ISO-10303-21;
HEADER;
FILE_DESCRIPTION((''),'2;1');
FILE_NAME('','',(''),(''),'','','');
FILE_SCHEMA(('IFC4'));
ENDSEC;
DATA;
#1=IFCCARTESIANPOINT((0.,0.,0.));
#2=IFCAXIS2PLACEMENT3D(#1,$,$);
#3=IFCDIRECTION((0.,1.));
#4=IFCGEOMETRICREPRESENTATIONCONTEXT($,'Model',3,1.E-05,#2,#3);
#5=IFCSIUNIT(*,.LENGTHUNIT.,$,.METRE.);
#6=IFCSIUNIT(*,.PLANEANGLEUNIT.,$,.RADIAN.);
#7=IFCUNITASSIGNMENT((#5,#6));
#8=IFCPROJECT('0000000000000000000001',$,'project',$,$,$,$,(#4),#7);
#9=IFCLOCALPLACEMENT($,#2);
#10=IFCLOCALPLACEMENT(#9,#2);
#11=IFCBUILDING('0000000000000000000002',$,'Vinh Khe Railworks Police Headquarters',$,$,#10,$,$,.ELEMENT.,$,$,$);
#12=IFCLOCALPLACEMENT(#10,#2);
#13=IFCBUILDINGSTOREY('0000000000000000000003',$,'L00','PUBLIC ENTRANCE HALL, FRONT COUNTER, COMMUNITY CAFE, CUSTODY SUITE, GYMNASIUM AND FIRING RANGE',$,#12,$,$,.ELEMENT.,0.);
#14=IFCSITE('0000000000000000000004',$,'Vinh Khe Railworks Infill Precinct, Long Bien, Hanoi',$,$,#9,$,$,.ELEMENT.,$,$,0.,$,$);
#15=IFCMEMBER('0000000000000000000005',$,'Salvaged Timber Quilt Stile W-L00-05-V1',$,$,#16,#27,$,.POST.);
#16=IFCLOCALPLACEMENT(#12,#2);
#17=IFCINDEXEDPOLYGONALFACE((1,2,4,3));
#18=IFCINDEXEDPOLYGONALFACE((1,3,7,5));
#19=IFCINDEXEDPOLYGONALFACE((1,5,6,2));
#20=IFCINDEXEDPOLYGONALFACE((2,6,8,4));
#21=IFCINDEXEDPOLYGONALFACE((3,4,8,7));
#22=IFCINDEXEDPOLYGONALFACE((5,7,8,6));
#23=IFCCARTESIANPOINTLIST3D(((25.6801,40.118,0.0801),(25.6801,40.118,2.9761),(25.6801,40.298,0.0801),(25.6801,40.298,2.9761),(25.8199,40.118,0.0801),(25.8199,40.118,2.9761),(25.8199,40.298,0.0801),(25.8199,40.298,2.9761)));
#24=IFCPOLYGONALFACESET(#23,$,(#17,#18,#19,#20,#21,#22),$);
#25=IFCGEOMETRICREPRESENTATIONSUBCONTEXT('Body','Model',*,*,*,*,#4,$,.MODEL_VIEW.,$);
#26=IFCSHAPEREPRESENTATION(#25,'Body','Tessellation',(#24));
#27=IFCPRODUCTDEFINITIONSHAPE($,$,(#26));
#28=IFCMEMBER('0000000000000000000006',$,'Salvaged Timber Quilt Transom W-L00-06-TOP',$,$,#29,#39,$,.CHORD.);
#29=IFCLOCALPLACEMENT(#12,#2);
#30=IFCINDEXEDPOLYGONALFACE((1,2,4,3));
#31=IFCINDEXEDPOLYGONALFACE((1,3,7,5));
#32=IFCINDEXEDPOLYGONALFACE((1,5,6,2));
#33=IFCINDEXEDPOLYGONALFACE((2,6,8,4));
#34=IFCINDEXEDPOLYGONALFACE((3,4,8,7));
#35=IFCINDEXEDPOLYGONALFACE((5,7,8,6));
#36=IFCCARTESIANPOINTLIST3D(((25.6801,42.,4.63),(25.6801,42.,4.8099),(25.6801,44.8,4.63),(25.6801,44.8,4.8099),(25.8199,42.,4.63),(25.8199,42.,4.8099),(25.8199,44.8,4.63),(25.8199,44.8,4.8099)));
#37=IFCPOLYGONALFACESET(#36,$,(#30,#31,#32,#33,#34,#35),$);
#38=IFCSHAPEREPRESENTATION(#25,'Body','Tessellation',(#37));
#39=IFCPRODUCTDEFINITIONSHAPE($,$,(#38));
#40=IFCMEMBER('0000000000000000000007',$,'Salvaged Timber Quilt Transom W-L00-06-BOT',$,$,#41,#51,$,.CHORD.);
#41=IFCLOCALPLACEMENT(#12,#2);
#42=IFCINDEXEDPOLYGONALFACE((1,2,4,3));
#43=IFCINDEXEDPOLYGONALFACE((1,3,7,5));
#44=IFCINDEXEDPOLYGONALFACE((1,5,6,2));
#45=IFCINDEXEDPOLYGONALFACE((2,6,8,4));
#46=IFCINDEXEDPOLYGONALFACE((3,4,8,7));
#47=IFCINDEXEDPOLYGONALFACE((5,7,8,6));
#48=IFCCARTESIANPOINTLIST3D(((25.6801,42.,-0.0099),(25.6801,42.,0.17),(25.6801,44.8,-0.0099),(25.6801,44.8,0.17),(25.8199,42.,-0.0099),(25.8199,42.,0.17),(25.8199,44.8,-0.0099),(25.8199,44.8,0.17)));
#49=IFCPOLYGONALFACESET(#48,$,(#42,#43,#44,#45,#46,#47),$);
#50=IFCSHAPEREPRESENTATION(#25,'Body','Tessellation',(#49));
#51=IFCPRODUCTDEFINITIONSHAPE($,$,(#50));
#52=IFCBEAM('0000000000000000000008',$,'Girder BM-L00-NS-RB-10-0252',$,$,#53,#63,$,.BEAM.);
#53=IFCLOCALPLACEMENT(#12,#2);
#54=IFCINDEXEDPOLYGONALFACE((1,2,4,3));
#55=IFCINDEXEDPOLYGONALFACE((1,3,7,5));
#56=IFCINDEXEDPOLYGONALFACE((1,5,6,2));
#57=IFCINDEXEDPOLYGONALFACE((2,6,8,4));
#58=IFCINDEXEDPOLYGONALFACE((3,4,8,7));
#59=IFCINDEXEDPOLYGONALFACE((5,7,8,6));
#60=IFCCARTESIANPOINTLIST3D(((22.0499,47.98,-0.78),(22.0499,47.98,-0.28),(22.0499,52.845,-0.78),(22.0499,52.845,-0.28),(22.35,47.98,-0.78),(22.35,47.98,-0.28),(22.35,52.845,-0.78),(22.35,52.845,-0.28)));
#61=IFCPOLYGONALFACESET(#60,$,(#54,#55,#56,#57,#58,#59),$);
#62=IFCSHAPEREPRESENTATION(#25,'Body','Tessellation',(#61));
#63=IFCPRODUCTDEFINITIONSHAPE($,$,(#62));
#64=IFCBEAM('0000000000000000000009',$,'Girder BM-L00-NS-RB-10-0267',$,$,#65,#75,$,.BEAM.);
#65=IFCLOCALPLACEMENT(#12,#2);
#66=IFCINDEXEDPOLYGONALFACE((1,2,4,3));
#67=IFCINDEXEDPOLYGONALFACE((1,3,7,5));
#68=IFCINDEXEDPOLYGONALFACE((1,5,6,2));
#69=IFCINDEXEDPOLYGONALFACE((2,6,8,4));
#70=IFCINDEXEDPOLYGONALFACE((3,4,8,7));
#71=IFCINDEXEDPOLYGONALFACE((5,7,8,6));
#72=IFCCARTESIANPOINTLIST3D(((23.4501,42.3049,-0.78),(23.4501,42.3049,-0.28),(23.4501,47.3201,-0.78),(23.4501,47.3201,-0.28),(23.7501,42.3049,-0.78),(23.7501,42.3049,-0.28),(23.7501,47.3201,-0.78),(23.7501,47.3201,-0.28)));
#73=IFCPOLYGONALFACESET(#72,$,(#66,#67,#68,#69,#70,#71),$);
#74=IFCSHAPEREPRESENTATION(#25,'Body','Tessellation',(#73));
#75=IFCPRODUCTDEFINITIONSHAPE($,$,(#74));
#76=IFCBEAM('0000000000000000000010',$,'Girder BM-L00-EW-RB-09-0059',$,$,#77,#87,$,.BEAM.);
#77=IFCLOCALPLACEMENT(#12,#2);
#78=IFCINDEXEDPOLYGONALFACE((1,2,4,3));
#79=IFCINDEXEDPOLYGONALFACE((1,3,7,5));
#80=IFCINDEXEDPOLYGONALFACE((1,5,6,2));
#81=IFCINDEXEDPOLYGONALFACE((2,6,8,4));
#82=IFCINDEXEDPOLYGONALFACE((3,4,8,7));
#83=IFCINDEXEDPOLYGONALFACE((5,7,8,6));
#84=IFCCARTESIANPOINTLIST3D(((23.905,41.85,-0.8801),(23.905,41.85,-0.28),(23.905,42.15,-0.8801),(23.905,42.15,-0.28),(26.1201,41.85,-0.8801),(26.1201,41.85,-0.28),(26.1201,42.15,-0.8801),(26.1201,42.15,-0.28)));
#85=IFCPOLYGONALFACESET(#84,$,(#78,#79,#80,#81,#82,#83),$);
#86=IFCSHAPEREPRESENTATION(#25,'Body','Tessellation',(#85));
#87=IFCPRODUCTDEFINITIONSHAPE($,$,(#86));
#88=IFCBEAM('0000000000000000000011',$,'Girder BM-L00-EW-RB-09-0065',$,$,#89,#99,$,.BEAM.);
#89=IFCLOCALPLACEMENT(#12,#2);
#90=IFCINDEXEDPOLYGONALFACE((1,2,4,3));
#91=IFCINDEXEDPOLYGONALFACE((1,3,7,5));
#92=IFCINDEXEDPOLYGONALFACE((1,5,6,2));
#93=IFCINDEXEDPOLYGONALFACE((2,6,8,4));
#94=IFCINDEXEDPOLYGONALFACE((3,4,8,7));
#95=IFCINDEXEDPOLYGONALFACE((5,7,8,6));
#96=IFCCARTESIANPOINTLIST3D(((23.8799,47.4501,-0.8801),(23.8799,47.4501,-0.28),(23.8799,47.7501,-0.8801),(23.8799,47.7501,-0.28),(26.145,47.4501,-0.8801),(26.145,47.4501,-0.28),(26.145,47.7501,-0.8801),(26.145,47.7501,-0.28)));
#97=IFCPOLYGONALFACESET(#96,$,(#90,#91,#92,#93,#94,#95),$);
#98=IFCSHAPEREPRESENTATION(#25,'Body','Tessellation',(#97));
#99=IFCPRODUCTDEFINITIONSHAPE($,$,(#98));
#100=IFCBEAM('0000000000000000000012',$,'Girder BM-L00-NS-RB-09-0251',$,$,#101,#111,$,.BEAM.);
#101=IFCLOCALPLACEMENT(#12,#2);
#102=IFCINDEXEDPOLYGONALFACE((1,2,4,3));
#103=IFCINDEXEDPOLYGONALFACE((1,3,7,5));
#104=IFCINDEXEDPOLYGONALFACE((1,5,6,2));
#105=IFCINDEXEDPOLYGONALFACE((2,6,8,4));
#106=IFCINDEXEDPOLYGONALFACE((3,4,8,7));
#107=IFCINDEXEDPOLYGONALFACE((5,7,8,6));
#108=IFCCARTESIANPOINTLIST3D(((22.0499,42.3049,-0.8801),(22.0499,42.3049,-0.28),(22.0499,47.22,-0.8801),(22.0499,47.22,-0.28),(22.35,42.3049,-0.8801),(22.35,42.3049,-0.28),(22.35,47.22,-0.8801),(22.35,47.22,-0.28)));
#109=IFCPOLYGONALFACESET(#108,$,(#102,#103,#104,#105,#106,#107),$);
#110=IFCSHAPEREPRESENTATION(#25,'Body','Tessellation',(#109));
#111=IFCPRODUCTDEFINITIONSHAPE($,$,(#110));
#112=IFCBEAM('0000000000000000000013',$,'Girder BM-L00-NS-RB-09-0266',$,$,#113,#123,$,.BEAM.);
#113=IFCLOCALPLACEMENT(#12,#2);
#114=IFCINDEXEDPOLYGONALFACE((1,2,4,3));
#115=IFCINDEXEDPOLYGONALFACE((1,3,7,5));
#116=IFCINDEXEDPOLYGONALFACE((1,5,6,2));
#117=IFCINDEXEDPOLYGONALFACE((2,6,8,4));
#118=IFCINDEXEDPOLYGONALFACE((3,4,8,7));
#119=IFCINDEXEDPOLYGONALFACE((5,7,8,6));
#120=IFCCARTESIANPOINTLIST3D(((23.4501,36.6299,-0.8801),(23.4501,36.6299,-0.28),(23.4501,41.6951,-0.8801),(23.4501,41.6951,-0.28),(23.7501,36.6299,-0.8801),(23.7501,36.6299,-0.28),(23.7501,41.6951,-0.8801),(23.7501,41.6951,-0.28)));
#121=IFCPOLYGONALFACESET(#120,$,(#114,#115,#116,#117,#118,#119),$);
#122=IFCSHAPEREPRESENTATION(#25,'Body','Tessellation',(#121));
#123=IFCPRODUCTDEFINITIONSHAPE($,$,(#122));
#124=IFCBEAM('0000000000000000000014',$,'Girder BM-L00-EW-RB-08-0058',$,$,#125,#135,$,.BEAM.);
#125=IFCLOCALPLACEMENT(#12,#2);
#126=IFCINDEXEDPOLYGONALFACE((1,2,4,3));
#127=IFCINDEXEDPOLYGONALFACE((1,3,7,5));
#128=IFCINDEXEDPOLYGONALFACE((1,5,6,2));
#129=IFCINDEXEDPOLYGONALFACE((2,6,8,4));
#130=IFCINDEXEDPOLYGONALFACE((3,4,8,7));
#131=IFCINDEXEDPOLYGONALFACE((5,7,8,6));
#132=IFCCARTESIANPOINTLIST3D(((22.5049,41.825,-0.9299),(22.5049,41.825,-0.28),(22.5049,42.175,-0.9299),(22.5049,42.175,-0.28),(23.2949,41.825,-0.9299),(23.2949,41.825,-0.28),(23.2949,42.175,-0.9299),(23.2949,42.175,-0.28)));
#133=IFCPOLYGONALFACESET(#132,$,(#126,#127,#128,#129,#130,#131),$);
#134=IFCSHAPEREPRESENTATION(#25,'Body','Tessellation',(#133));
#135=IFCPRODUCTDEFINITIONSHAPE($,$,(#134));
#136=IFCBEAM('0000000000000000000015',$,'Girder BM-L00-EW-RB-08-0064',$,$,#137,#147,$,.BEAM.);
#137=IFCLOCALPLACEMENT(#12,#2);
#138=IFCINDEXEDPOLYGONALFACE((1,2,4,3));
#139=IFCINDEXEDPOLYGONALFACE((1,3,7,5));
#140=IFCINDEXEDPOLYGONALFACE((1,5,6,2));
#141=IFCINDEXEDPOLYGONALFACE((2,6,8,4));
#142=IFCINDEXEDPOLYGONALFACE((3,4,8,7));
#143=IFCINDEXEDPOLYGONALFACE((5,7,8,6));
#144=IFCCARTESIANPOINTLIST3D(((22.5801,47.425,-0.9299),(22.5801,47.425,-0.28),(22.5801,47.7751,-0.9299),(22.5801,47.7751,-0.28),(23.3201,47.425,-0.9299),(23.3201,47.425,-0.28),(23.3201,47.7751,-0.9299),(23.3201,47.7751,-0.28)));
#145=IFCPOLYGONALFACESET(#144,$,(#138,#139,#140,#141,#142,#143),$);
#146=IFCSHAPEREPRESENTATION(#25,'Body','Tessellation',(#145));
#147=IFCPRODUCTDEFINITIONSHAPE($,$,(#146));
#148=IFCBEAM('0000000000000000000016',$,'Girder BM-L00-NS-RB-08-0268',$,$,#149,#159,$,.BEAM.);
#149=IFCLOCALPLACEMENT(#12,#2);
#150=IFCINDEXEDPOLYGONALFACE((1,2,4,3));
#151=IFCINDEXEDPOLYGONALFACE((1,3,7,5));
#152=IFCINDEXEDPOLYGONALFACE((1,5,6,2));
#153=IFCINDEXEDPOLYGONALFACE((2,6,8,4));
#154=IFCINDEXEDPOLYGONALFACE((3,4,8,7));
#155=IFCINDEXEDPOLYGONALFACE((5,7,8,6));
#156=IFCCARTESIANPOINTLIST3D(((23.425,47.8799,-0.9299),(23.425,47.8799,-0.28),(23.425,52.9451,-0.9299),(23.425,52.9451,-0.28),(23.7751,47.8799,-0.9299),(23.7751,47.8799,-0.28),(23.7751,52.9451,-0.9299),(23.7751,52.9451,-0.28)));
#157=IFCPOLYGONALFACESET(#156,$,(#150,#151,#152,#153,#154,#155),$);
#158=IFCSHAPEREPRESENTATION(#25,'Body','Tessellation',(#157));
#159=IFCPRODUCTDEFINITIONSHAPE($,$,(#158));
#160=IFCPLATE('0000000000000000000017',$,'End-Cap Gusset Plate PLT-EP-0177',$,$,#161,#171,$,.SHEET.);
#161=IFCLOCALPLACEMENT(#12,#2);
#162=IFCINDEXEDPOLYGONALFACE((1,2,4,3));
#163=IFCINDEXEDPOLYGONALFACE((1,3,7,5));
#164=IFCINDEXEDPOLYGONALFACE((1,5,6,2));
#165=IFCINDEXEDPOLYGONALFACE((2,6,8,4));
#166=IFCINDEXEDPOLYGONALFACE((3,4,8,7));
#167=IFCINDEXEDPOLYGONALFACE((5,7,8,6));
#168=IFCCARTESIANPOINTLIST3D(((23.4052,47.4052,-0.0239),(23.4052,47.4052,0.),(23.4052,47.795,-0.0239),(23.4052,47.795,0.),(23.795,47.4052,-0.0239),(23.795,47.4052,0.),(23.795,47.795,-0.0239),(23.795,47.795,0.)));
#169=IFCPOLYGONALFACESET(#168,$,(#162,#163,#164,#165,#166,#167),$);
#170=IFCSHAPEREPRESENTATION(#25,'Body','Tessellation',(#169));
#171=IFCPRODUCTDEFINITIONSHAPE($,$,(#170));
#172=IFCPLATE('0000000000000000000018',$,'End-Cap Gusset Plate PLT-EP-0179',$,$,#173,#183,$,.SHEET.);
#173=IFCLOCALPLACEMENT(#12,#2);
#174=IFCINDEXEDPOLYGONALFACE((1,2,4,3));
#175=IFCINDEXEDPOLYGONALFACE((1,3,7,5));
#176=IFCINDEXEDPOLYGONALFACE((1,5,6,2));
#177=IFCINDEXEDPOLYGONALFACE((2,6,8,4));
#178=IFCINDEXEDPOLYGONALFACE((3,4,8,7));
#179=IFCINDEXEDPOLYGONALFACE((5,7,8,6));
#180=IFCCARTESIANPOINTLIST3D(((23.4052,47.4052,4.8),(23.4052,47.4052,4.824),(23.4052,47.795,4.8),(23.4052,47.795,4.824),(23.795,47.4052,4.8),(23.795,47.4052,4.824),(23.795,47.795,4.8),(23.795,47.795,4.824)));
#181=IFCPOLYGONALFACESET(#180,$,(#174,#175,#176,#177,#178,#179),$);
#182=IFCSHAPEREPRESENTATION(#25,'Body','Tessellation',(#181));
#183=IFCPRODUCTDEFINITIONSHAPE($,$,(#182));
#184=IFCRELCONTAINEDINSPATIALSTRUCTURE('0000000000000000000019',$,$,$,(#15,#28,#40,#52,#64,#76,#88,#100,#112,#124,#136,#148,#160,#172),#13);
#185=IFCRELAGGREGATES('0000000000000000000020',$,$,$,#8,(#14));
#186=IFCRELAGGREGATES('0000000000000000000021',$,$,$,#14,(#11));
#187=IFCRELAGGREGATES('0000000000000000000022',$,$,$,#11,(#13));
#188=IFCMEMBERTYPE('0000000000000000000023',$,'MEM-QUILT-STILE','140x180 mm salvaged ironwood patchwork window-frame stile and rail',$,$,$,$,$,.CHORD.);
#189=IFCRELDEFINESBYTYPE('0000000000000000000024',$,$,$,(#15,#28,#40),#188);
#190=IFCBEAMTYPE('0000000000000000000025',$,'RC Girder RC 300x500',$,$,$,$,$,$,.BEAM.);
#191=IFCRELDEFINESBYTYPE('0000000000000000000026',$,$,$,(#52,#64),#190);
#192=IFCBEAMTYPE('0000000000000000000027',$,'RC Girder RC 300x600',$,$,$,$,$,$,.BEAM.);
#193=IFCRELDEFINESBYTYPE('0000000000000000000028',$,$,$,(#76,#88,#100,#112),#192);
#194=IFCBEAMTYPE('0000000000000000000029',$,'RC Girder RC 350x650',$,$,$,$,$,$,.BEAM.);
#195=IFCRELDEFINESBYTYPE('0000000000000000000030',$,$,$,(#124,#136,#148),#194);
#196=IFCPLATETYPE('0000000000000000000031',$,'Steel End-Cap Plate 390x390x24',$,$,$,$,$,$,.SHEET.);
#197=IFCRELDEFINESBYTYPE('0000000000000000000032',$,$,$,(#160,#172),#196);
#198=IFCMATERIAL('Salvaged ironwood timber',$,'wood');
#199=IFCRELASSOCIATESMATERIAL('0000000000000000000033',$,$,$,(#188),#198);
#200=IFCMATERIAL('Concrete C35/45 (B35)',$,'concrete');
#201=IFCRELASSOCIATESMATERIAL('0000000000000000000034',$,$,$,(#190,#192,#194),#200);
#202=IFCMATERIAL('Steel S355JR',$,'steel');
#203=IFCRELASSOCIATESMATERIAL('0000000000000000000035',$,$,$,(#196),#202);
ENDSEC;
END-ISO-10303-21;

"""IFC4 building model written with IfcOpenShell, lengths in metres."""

from ifc_helpers import new_model, si_unit, direction, frame, origin, origin_2d, place, context, subcontext, project, spatial, rectangle, extrude, material, material_profile, profile_set, type_object, element, save


model = new_model("IFC4")

# Units and contexts
model_context = context("Model", 3, precision=1e-05, world=origin(), true_north=direction((0.0, 1.0)))
body_context = subcontext(model_context, "Body", "Model", "MODEL_VIEW")
ifc_project = project(units=[si_unit("LENGTHUNIT", "METRE"), si_unit("PLANEANGLEUNIT", "RADIAN")], contexts=[model_context])

# Site, building, storey
site_placement = place(None, origin())
site = spatial("IfcSite", under=ifc_project, at=site_placement, Name="Vinh Khe Railworks Infill Precinct, Long Bien, Hanoi", CompositionType="ELEMENT", RefElevation=0.0)
building_placement = place(site_placement, origin())
building = spatial("IfcBuilding", under=site, at=building_placement, Name="Vinh Khe Railworks Police Headquarters", CompositionType="ELEMENT")
storey_placement = place(building_placement, origin())
storey = spatial("IfcBuildingStorey", under=building, at=storey_placement, Name="L00", Description="PUBLIC ENTRANCE HALL, FRONT COUNTER, COMMUNITY CAFE, CUSTODY SUITE, GYMNASIUM AND FIRING RANGE", CompositionType="ELEMENT", Elevation=0.0)

# Shared definitions
ifc_material_1 = material(Name="Steel S355JR", Category="steel")

# Members
ifc_material_2 = material(Name="Salvaged ironwood timber", Category="wood")
ifc_material_profile_1 = material_profile(ifc_material_2, rectangle(XDim=0.1399, YDim=0.1799, at=origin_2d()), Name="TIMBER 140x180")
ifc_profile_set_1 = profile_set([ifc_material_profile_1], Name="Salvaged ironwood timber")
member_type = type_object("IfcMemberType", Name="MEM-QUILT-STILE", Description="140x180 mm salvaged ironwood patchwork window-frame stile and rail", PredefinedType="CHORD", material=ifc_profile_set_1)
member_1_placement = place(storey_placement, frame((25.75, 40.208, 0.0801), z_axis=(0.0, 0.0, 1.0), x_axis=(1.0, 0.0, 0.0)))
element("IfcMember", 1, at=member_1_placement, inside=storey, type_object=member_type, Name="Salvaged Timber Quilt Stile W-L00-05-V1", PredefinedType="POST", context=body_context, shape_type="SweptSolid", body=[
    extrude(rectangle(XDim=0.1399, YDim=0.1799, at=origin_2d()), origin(), (0.0, 0.0, 1.0), 2.896),
])
for number, where, z_axis, x_axis, name in (
    (2, (25.75, 42.0, 4.72), (0.0, 1.0, 0.0), (-1.0, 0.0, 0.0), "Salvaged Timber Quilt Transom W-L00-06-TOP"),
    (3, (25.75, 42.0, 0.0801), (0.0, 1.0, 0.0), (-1.0, 0.0, 0.0), "Salvaged Timber Quilt Transom W-L00-06-BOT"),
):
    element("IfcMember", number, at=place(storey_placement, frame(where, z_axis=z_axis, x_axis=x_axis)), inside=storey, type_object=member_type, Name=name, PredefinedType="CHORD", context=body_context, shape_type="SweptSolid", body=[
        extrude(rectangle(XDim=0.1399, YDim=0.1799, at=origin_2d()), origin(), (0.0, 0.0, 1.0), 2.8),
    ])

# Beams
ifc_material_3 = material(Name="Concrete C35/45 (B35)", Category="concrete")
ifc_material_profile_2 = material_profile(ifc_material_3, rectangle(XDim=0.3, YDim=0.5, at=origin_2d()), Name="RC 300x500")
ifc_profile_set_2 = profile_set([ifc_material_profile_2], Name="Concrete C35/45 (B35)")
beam_type_1 = type_object("IfcBeamType", Name="RC Girder RC 300x500", PredefinedType="BEAM", material=ifc_profile_set_2)
beam_1_placement = place(storey_placement, frame((22.2, 47.98, -0.53), z_axis=(0.0, 1.0, 0.0), x_axis=(-1.0, 0.0, 0.0)))
element("IfcBeam", 4, at=beam_1_placement, inside=storey, type_object=beam_type_1, Name="Girder BM-L00-NS-RB-10-0252", PredefinedType="BEAM", context=body_context, shape_type="SweptSolid", body=[
    extrude(rectangle(XDim=0.3, YDim=0.5, at=origin_2d()), origin(), (0.0, 0.0, 1.0), 4.865),
])
beam_2_placement = place(storey_placement, frame((23.6001, 42.3049, -0.53), z_axis=(0.0, 1.0, 0.0), x_axis=(-1.0, 0.0, 0.0)))
element("IfcBeam", 5, at=beam_2_placement, inside=storey, type_object=beam_type_1, Name="Girder BM-L00-NS-RB-10-0267", PredefinedType="BEAM", context=body_context, shape_type="SweptSolid", body=[
    extrude(rectangle(XDim=0.3, YDim=0.5, at=origin_2d()), origin(), (0.0, 0.0, 1.0), 5.0151),
])
ifc_material_profile_3 = material_profile(ifc_material_3, rectangle(XDim=0.3, YDim=0.6001, at=origin_2d()), Name="RC 300x600")
ifc_profile_set_3 = profile_set([ifc_material_profile_3], Name="Concrete C35/45 (B35)")
beam_type_2 = type_object("IfcBeamType", Name="RC Girder RC 300x600", PredefinedType="BEAM", material=ifc_profile_set_3)
beam_3_placement = place(storey_placement, frame((23.905, 42.0, -0.5801), z_axis=(1.0, 0.0, 0.0), x_axis=(0.0, 1.0, 0.0)))
element("IfcBeam", 6, at=beam_3_placement, inside=storey, type_object=beam_type_2, Name="Girder BM-L00-EW-RB-09-0059", PredefinedType="BEAM", context=body_context, shape_type="SweptSolid", body=[
    extrude(rectangle(XDim=0.3, YDim=0.6001, at=origin_2d()), origin(), (0.0, 0.0, 1.0), 2.2151),
])
beam_4_placement = place(storey_placement, frame((23.8799, 47.6001, -0.5801), z_axis=(1.0, 0.0, 0.0), x_axis=(0.0, 1.0, 0.0)))
element("IfcBeam", 7, at=beam_4_placement, inside=storey, type_object=beam_type_2, Name="Girder BM-L00-EW-RB-09-0065", PredefinedType="BEAM", context=body_context, shape_type="SweptSolid", body=[
    extrude(rectangle(XDim=0.3, YDim=0.6001, at=origin_2d()), origin(), (0.0, 0.0, 1.0), 2.2651),
])
beam_5_placement = place(storey_placement, frame((22.2, 42.3049, -0.5801), z_axis=(0.0, 1.0, 0.0), x_axis=(-1.0, 0.0, 0.0)))
element("IfcBeam", 8, at=beam_5_placement, inside=storey, type_object=beam_type_2, Name="Girder BM-L00-NS-RB-09-0251", PredefinedType="BEAM", context=body_context, shape_type="SweptSolid", body=[
    extrude(rectangle(XDim=0.3, YDim=0.6001, at=origin_2d()), origin(), (0.0, 0.0, 1.0), 4.915),
])
beam_6_placement = place(storey_placement, frame((23.6001, 36.6299, -0.5801), z_axis=(0.0, 1.0, 0.0), x_axis=(-1.0, 0.0, 0.0)))
element("IfcBeam", 9, at=beam_6_placement, inside=storey, type_object=beam_type_2, Name="Girder BM-L00-NS-RB-09-0266", PredefinedType="BEAM", context=body_context, shape_type="SweptSolid", body=[
    extrude(rectangle(XDim=0.3, YDim=0.6001, at=origin_2d()), origin(), (0.0, 0.0, 1.0), 5.0652),
])
ifc_material_profile_4 = material_profile(ifc_material_3, rectangle(XDim=0.3501, YDim=0.6499, at=origin_2d()), Name="RC 350x650")
ifc_profile_set_4 = profile_set([ifc_material_profile_4], Name="Concrete C35/45 (B35)")
beam_type_3 = type_object("IfcBeamType", Name="RC Girder RC 350x650", PredefinedType="BEAM", material=ifc_profile_set_4)
beam_7_placement = place(storey_placement, frame((22.5049, 42.0, -0.605), z_axis=(1.0, 0.0, 0.0), x_axis=(0.0, 1.0, 0.0)))
element("IfcBeam", 10, at=beam_7_placement, inside=storey, type_object=beam_type_3, Name="Girder BM-L00-EW-RB-08-0058", PredefinedType="BEAM", context=body_context, shape_type="SweptSolid", body=[
    extrude(rectangle(XDim=0.3501, YDim=0.6499, at=origin_2d()), origin(), (0.0, 0.0, 1.0), 0.79),
])
beam_8_placement = place(storey_placement, frame((22.5801, 47.6001, -0.605), z_axis=(1.0, 0.0, 0.0), x_axis=(0.0, 1.0, 0.0)))
element("IfcBeam", 11, at=beam_8_placement, inside=storey, type_object=beam_type_3, Name="Girder BM-L00-EW-RB-08-0064", PredefinedType="BEAM", context=body_context, shape_type="SweptSolid", body=[
    extrude(rectangle(XDim=0.3501, YDim=0.6499, at=origin_2d()), origin(), (0.0, 0.0, 1.0), 0.74),
])
beam_9_placement = place(storey_placement, frame((23.6001, 47.8799, -0.605), z_axis=(0.0, 1.0, 0.0), x_axis=(-1.0, 0.0, 0.0)))
element("IfcBeam", 12, at=beam_9_placement, inside=storey, type_object=beam_type_3, Name="Girder BM-L00-NS-RB-08-0268", PredefinedType="BEAM", context=body_context, shape_type="SweptSolid", body=[
    extrude(rectangle(XDim=0.3501, YDim=0.6499, at=origin_2d()), origin(), (0.0, 0.0, 1.0), 5.0652),
])

# Plates
ifc_material_profile_5 = material_profile(ifc_material_1, rectangle(XDim=0.3899, YDim=0.3899, at=origin_2d()), Name="PL 390x390")
ifc_profile_set_5 = profile_set([ifc_material_profile_5], Name="Steel S355JR")
plate_type_1 = type_object("IfcPlateType", Name="Steel End-Cap Plate 390x390x24", PredefinedType="SHEET", material=ifc_profile_set_5)
for number, where, z_axis, x_axis, name in (
    (13, (23.6001, 47.6001, 0.0), (0.0, 0.0, -1.0), (1.0, 0.0, 0.0), "End-Cap Gusset Plate PLT-EP-0177"),
    (14, (23.6001, 47.6001, 4.8), (0.0, 0.0, 1.0), (1.0, 0.0, 0.0), "End-Cap Gusset Plate PLT-EP-0179"),
):
    element("IfcPlate", number, at=place(storey_placement, frame(where, z_axis=z_axis, x_axis=x_axis)), inside=storey, type_object=plate_type_1, Name=name, PredefinedType="SHEET", context=body_context, shape_type="SweptSolid", body=[
        extrude(rectangle(XDim=0.3899, YDim=0.3899, at=origin_2d()), origin(), (0.0, 0.0, 1.0), 0.0239),
    ])

save(model, "model.ifc")
